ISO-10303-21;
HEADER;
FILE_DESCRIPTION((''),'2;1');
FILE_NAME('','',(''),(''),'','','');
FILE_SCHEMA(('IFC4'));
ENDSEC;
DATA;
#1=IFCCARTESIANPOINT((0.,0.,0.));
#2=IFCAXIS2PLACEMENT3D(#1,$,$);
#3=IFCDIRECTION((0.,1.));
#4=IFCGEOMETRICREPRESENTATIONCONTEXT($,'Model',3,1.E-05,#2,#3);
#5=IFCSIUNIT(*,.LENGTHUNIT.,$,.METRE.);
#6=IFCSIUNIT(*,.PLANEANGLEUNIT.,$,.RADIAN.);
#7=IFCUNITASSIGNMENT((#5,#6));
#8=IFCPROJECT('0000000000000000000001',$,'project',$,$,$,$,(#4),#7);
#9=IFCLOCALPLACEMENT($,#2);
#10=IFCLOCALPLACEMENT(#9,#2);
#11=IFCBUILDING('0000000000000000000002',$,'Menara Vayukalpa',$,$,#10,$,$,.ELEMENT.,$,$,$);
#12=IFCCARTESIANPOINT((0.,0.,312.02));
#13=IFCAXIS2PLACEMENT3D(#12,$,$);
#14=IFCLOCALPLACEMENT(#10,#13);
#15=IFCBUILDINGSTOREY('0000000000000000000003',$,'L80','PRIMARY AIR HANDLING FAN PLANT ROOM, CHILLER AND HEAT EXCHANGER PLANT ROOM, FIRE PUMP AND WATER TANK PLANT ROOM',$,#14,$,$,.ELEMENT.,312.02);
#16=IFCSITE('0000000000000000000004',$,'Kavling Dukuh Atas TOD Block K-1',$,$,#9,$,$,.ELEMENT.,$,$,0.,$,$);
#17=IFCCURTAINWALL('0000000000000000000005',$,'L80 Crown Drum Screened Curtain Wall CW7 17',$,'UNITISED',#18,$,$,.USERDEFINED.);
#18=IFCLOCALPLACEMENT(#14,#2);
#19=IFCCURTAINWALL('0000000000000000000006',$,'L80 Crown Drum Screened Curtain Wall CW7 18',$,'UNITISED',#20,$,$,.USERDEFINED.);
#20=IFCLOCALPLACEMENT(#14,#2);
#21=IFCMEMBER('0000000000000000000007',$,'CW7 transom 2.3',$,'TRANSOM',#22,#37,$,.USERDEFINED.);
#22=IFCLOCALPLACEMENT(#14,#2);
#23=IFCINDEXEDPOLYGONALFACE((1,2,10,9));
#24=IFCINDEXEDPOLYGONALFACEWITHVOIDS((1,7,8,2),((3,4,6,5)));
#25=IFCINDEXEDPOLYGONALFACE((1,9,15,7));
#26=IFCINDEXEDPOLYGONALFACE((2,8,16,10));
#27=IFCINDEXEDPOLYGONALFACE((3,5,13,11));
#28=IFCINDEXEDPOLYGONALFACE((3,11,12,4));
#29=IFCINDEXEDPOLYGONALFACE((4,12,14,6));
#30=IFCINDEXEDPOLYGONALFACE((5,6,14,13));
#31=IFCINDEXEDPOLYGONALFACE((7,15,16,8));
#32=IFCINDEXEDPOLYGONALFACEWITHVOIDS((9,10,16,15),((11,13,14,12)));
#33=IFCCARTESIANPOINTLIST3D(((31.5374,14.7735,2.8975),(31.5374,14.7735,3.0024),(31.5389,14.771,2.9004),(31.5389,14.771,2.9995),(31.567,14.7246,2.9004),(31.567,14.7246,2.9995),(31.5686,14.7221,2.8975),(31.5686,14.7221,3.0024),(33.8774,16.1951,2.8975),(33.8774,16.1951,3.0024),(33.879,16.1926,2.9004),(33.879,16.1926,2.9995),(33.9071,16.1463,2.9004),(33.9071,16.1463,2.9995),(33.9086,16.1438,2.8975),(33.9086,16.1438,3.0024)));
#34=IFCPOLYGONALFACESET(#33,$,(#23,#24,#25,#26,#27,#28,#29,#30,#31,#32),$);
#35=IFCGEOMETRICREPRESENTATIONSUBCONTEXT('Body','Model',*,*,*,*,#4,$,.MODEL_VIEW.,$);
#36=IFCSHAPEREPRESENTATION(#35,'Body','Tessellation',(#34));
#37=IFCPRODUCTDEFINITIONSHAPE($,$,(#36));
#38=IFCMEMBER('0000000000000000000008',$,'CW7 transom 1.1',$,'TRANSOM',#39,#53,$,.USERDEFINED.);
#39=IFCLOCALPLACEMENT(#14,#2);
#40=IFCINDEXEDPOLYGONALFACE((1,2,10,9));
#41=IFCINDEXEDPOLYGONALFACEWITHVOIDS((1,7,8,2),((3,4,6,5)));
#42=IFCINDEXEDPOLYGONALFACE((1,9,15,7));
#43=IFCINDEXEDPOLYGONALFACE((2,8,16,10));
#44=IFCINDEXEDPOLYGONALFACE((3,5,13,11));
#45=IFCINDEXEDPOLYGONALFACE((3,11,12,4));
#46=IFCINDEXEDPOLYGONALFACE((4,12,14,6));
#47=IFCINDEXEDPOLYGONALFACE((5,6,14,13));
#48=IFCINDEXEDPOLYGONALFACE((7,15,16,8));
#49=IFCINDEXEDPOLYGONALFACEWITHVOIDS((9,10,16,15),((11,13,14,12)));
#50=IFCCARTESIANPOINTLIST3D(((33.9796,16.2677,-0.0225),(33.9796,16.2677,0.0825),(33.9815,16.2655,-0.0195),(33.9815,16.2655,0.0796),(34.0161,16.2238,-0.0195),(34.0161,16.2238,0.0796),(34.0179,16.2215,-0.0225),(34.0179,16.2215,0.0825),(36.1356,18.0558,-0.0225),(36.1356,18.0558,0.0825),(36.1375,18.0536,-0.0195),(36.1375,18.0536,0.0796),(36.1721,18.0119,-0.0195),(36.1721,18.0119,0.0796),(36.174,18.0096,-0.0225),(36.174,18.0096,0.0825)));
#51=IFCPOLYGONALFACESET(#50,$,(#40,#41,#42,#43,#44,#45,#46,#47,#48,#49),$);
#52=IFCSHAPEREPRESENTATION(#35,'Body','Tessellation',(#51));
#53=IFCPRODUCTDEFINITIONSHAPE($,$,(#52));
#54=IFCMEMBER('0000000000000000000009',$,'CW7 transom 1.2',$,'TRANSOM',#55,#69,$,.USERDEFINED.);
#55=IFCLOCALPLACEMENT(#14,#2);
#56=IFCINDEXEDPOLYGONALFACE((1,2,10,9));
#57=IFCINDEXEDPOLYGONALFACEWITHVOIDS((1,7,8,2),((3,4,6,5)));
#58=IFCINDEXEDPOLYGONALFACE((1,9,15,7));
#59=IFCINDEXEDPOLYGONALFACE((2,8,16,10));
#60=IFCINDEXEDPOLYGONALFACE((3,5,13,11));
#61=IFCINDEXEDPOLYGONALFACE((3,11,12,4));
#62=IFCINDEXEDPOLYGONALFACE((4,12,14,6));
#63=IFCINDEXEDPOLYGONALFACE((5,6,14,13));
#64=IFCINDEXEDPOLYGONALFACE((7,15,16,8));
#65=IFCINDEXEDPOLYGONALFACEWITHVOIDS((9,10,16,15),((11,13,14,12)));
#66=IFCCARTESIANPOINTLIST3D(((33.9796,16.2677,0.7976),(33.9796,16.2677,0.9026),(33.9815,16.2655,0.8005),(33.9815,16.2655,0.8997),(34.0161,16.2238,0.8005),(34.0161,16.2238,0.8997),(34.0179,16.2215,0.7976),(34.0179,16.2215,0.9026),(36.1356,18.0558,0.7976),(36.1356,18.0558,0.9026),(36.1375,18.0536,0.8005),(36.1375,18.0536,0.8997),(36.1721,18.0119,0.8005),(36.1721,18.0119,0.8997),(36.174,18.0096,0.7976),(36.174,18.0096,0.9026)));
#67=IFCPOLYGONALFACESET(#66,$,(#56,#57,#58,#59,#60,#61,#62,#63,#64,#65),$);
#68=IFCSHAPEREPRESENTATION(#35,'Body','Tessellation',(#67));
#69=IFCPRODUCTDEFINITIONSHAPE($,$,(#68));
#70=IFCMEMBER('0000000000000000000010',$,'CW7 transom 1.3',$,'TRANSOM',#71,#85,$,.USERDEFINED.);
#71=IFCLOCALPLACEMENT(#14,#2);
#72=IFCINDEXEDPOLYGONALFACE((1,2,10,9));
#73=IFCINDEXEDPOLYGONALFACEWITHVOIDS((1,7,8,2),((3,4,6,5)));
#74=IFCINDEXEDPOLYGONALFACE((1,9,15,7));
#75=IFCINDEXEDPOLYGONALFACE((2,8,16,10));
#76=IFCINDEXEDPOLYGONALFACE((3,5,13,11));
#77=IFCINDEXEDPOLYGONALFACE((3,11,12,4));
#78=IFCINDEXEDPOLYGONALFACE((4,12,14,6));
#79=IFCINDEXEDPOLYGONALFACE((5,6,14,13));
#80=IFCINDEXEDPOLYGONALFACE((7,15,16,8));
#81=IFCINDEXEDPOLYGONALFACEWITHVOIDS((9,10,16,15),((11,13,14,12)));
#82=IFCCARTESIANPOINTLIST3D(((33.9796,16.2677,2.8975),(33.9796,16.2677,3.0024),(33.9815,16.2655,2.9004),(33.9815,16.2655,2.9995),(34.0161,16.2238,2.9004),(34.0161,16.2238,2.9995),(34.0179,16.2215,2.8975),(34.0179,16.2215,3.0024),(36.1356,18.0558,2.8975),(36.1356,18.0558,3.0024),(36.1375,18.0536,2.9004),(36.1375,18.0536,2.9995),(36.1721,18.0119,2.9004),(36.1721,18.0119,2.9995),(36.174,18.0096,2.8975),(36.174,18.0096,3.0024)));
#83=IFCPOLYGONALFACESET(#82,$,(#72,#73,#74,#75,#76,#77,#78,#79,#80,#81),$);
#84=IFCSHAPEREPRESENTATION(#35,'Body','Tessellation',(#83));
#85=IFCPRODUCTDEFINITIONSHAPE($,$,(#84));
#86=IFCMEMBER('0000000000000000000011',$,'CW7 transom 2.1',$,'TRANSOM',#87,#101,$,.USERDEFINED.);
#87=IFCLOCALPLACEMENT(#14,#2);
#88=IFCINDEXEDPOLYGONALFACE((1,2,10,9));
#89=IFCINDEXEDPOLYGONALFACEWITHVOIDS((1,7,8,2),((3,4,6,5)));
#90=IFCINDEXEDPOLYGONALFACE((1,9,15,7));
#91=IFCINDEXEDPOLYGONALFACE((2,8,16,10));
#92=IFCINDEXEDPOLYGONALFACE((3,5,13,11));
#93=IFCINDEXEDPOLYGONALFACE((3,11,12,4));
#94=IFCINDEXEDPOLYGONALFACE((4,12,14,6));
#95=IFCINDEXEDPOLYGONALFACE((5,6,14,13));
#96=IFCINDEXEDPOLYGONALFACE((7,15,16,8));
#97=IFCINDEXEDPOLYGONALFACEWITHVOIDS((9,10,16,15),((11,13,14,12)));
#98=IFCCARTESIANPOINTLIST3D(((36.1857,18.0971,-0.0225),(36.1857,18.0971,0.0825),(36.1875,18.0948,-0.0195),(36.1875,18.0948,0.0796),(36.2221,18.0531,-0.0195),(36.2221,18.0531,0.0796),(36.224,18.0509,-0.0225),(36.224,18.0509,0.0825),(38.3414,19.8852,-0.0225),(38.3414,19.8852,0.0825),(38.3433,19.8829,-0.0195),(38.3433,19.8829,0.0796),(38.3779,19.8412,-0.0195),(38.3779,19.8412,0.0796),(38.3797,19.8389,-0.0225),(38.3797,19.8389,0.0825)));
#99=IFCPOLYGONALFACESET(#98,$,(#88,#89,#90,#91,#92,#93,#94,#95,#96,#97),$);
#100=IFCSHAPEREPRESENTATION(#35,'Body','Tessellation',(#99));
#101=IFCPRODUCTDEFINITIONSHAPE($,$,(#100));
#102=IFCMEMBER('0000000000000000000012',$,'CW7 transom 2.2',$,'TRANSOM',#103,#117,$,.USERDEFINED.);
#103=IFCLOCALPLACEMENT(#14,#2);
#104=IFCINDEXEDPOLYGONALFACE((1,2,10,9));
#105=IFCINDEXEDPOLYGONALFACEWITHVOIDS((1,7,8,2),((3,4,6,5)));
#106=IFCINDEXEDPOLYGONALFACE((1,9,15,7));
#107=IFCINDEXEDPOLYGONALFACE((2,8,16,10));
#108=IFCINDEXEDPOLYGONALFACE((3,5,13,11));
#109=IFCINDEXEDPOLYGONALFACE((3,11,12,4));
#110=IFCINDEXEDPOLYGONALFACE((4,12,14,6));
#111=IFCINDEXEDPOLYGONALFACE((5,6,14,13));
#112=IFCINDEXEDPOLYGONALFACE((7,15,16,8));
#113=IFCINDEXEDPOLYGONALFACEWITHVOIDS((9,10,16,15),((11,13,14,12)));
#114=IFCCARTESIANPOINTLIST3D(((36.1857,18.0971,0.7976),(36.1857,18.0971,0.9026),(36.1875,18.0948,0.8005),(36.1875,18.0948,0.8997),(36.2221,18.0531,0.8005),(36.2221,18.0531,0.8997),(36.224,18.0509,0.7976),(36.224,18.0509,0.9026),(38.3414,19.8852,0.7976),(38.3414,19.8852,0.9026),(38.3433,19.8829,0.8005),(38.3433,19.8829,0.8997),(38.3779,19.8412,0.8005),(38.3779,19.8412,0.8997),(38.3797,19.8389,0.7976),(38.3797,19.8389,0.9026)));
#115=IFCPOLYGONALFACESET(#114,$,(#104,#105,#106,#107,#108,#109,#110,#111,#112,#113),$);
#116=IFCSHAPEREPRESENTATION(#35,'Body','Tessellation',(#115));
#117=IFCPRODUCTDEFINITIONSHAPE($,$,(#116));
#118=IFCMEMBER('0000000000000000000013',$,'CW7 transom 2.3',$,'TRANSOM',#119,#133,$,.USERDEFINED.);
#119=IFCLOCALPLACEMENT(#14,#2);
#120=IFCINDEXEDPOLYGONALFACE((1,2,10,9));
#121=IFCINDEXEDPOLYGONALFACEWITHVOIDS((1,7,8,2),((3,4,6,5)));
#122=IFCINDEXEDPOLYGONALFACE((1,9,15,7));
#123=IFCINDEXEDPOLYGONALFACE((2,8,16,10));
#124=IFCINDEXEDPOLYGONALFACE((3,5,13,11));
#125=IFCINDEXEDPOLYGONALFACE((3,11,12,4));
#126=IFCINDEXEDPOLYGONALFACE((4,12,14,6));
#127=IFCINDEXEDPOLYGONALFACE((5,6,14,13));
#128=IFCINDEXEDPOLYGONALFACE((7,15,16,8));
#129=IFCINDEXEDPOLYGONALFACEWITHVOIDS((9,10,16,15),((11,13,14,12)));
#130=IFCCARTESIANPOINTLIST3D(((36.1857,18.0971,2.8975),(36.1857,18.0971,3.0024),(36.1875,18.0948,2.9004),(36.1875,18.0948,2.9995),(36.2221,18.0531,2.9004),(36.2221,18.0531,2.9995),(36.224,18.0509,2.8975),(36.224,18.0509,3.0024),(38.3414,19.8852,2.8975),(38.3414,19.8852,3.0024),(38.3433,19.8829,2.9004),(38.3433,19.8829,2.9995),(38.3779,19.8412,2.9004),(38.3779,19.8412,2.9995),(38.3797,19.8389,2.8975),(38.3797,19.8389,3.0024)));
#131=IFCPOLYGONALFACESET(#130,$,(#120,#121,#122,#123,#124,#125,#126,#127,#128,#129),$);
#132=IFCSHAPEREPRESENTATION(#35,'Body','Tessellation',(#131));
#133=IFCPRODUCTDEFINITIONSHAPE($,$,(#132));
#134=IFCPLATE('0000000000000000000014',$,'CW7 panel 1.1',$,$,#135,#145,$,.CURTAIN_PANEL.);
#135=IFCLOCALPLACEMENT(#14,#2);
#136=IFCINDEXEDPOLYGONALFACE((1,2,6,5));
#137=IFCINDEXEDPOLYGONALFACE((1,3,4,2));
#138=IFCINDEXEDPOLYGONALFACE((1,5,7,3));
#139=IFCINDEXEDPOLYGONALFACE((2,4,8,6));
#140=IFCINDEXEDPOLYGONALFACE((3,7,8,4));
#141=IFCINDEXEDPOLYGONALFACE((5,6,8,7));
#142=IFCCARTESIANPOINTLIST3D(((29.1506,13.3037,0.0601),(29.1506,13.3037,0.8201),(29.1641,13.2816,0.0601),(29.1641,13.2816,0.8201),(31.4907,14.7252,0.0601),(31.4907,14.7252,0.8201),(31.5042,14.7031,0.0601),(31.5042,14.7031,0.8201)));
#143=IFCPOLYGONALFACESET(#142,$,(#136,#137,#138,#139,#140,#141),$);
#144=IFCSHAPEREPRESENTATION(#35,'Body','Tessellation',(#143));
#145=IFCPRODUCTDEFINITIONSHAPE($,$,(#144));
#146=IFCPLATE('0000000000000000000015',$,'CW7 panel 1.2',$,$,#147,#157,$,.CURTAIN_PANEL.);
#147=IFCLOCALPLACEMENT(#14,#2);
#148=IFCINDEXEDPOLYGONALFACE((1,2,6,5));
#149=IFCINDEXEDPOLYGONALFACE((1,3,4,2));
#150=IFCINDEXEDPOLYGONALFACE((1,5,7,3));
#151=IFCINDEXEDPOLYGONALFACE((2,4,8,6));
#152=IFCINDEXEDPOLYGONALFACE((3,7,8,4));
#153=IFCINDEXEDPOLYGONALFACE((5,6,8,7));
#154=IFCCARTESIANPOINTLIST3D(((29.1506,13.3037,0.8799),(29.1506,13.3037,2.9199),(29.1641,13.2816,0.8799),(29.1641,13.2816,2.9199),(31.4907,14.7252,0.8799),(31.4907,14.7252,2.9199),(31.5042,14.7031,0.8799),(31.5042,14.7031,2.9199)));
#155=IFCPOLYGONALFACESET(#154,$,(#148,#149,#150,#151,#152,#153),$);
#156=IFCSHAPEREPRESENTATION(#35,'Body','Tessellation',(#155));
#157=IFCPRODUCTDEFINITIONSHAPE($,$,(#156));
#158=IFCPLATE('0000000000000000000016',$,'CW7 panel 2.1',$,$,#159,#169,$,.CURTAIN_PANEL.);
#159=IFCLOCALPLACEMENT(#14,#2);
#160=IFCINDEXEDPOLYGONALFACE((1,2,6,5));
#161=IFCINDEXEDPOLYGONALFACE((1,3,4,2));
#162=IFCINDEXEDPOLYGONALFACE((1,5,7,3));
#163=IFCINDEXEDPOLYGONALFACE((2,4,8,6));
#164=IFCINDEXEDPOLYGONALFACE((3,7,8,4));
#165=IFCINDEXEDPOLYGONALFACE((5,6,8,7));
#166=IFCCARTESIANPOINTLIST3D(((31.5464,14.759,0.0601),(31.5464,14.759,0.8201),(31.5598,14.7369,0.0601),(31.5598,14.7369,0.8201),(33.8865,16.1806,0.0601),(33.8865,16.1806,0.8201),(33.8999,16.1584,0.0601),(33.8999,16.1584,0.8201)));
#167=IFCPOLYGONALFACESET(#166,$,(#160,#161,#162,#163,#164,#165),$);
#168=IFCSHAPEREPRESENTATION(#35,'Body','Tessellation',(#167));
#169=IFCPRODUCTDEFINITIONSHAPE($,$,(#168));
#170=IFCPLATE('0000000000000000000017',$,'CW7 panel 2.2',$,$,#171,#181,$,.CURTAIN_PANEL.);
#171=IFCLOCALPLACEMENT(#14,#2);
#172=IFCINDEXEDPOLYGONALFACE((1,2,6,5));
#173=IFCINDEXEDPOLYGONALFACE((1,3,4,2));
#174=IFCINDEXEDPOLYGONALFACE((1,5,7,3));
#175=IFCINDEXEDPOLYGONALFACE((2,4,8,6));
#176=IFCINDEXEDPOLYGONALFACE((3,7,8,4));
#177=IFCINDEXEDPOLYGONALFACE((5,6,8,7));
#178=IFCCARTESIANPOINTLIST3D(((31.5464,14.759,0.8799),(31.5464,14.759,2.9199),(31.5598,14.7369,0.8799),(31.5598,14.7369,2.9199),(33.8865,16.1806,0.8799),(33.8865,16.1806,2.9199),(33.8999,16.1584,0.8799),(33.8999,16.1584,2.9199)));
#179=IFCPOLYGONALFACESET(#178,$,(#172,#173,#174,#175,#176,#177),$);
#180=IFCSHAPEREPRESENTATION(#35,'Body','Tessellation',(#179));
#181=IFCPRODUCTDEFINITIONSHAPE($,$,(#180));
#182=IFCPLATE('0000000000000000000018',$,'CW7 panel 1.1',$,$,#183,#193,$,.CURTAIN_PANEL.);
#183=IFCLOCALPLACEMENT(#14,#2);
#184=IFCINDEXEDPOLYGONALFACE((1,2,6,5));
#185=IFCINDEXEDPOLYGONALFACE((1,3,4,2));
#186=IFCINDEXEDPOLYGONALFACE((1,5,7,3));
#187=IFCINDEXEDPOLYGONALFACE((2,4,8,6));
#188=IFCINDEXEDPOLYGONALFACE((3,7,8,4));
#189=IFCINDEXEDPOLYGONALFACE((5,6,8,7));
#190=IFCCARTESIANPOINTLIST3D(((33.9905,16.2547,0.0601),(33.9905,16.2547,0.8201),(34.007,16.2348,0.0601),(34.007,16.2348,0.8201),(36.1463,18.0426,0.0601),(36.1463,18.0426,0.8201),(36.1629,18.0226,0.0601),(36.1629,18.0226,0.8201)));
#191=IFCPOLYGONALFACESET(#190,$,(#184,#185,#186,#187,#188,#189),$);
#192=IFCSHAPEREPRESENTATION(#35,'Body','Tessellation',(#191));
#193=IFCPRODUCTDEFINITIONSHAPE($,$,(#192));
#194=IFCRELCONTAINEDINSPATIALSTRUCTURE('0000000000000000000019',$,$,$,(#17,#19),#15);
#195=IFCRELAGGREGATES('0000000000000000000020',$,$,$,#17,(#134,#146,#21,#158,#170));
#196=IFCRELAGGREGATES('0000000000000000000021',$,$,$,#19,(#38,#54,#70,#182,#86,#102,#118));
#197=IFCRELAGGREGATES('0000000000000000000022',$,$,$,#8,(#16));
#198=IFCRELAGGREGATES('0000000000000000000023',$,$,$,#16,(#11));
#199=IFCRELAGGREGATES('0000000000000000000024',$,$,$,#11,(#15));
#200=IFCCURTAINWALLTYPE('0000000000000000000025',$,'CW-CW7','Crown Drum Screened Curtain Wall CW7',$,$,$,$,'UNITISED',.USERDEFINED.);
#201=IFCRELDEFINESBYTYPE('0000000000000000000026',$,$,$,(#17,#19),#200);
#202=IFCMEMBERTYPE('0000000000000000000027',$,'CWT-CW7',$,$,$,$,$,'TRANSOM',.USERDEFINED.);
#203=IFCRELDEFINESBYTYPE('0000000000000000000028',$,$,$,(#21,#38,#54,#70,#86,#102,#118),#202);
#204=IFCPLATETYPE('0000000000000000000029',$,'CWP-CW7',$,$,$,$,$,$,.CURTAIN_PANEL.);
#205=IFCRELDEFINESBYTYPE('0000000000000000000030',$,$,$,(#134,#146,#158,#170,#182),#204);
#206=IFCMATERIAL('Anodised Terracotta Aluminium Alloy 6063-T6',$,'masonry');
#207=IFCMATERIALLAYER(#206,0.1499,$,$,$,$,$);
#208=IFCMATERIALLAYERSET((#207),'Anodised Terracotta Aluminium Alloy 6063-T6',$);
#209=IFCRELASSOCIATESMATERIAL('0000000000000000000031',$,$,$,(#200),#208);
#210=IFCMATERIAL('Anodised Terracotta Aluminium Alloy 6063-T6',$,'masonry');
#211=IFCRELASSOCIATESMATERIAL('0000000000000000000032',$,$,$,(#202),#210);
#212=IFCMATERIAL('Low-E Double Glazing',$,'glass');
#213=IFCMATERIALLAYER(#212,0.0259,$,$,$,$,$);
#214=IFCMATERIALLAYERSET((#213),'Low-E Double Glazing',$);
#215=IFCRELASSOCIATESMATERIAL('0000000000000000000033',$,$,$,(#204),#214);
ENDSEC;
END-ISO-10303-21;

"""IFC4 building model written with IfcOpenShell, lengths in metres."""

from ifc_helpers import new_model, si_unit, direction, frame, origin, origin_2d, place, context, subcontext, project, spatial, rectangle, hollow_rectangle, extrude, material, layer, layer_set, material_profile, profile_set, type_object, element, aggregate, save


model = new_model("IFC4")

# Units and contexts
model_context = context("Model", 3, precision=1e-05, world=origin(), true_north=direction((0.0, 1.0)))
body_context = subcontext(model_context, "Body", "Model", "MODEL_VIEW")
ifc_project = project(units=[si_unit("LENGTHUNIT", "METRE"), si_unit("PLANEANGLEUNIT", "RADIAN")], contexts=[model_context])

# Site, building, storey
site_placement = place(None, origin())
site = spatial("IfcSite", under=ifc_project, at=site_placement, Name="Kavling Dukuh Atas TOD Block K-1", CompositionType="ELEMENT", RefElevation=0.0)
building_placement = place(site_placement, origin())
building = spatial("IfcBuilding", under=site, at=building_placement, Name="Menara Vayukalpa", CompositionType="ELEMENT")
storey_placement = place(building_placement, frame((0.0, 0.0, 312.02)))
storey = spatial("IfcBuildingStorey", under=building, at=storey_placement, Name="L80", Description="PRIMARY AIR HANDLING FAN PLANT ROOM, CHILLER AND HEAT EXCHANGER PLANT ROOM, FIRE PUMP AND WATER TANK PLANT ROOM", CompositionType="ELEMENT", Elevation=312.02)

# Curtain walls
ifc_material_1 = material(Name="Anodised Terracotta Aluminium Alloy 6063-T6", Category="masonry")
ifc_layer_1 = layer(ifc_material_1, 0.1499)
ifc_layer_set_1 = layer_set([ifc_layer_1], Name="Anodised Terracotta Aluminium Alloy 6063-T6")
curtain_wall_type = type_object("IfcCurtainWallType", Name="CW-CW7", Description="Crown Drum Screened Curtain Wall CW7", ElementType="UNITISED", PredefinedType="USERDEFINED", material=ifc_layer_set_1)
curtain_wall_1_placement = place(storey_placement, origin())
curtain_wall_1 = element("IfcCurtainWall", 1, at=curtain_wall_1_placement, inside=storey, type_object=curtain_wall_type, Name="L80 Crown Drum Screened Curtain Wall CW7 17", ObjectType="UNITISED", PredefinedType="USERDEFINED")
curtain_wall_2_placement = place(storey_placement, origin())
curtain_wall_2 = element("IfcCurtainWall", 2, at=curtain_wall_2_placement, inside=storey, type_object=curtain_wall_type, Name="L80 Crown Drum Screened Curtain Wall CW7 18", ObjectType="UNITISED", PredefinedType="USERDEFINED")

# Members
ifc_material_2 = material(Name="Anodised Terracotta Aluminium Alloy 6063-T6", Category="masonry")
ifc_material_profile_1 = material_profile(ifc_material_2, hollow_rectangle(XDim=0.0601, YDim=0.105, WallThickness=0.0029, at=origin_2d()), Name="ALU 60x105x3")
ifc_profile_set_1 = profile_set([ifc_material_profile_1], Name="Anodised Terracotta Aluminium Alloy 6063-T6")
member_type_1 = type_object("IfcMemberType", Name="CWT-CW7", ElementType="TRANSOM", PredefinedType="USERDEFINED", material=ifc_profile_set_1)
member_1_placement = place(storey_placement, frame((31.553, 14.7478, 2.95), z_axis=(0.854648, 0.519208, 0.0), x_axis=(-0.519208, 0.854648, 0.0)))
member_1 = element("IfcMember", 3, at=member_1_placement, type_object=member_type_1, Name="CW7 transom 2.3", ObjectType="TRANSOM", PredefinedType="USERDEFINED", context=body_context, shape_type="SweptSolid", body=[
    extrude(hollow_rectangle(XDim=0.0601, YDim=0.105, WallThickness=0.0029, at=origin_2d()), origin(), (0.0, 0.0, 1.0), 2.738),
])
member_2_placement = place(storey_placement, frame((33.9988, 16.2446, 0.03), z_axis=(0.769727, 0.638374, 0.0), x_axis=(-0.638374, 0.769727, 0.0)))
member_2 = element("IfcMember", 4, at=member_2_placement, type_object=member_type_1, Name="CW7 transom 1.1", ObjectType="TRANSOM", PredefinedType="USERDEFINED", context=body_context, shape_type="SweptSolid", body=[
    extrude(hollow_rectangle(XDim=0.0601, YDim=0.105, WallThickness=0.0029, at=origin_2d()), origin(), (0.0, 0.0, 1.0), 2.801),
])
member_3_placement = place(storey_placement, frame((33.9988, 16.2446, 0.8501), z_axis=(0.769727, 0.638374, 0.0), x_axis=(-0.638374, 0.769727, 0.0)))
member_3 = element("IfcMember", 5, at=member_3_placement, type_object=member_type_1, Name="CW7 transom 1.2", ObjectType="TRANSOM", PredefinedType="USERDEFINED", context=body_context, shape_type="SweptSolid", body=[
    extrude(hollow_rectangle(XDim=0.0601, YDim=0.105, WallThickness=0.0029, at=origin_2d()), origin(), (0.0, 0.0, 1.0), 2.801),
])
member_4_placement = place(storey_placement, frame((33.9988, 16.2446, 2.95), z_axis=(0.769727, 0.638374, 0.0), x_axis=(-0.638374, 0.769727, 0.0)))
member_4 = element("IfcMember", 6, at=member_4_placement, type_object=member_type_1, Name="CW7 transom 1.3", ObjectType="TRANSOM", PredefinedType="USERDEFINED", context=body_context, shape_type="SweptSolid", body=[
    extrude(hollow_rectangle(XDim=0.0601, YDim=0.105, WallThickness=0.0029, at=origin_2d()), origin(), (0.0, 0.0, 1.0), 2.801),
])
member_5_placement = place(storey_placement, frame((36.2048, 18.074, 0.03), z_axis=(0.769691, 0.638416, 0.0), x_axis=(-0.638416, 0.769691, 0.0)))
member_5 = element("IfcMember", 7, at=member_5_placement, type_object=member_type_1, Name="CW7 transom 2.1", ObjectType="TRANSOM", PredefinedType="USERDEFINED", context=body_context, shape_type="SweptSolid", body=[
    extrude(hollow_rectangle(XDim=0.0601, YDim=0.105, WallThickness=0.0029, at=origin_2d()), origin(), (0.0, 0.0, 1.0), 2.8008),
])
member_6_placement = place(storey_placement, frame((36.2048, 18.074, 0.8501), z_axis=(0.769691, 0.638416, 0.0), x_axis=(-0.638416, 0.769691, 0.0)))
member_6 = element("IfcMember", 8, at=member_6_placement, type_object=member_type_1, Name="CW7 transom 2.2", ObjectType="TRANSOM", PredefinedType="USERDEFINED", context=body_context, shape_type="SweptSolid", body=[
    extrude(hollow_rectangle(XDim=0.0601, YDim=0.105, WallThickness=0.0029, at=origin_2d()), origin(), (0.0, 0.0, 1.0), 2.8008),
])
member_7_placement = place(storey_placement, frame((36.2048, 18.074, 2.95), z_axis=(0.769691, 0.638416, 0.0), x_axis=(-0.638416, 0.769691, 0.0)))
member_7 = element("IfcMember", 9, at=member_7_placement, type_object=member_type_1, Name="CW7 transom 2.3", ObjectType="TRANSOM", PredefinedType="USERDEFINED", context=body_context, shape_type="SweptSolid", body=[
    extrude(hollow_rectangle(XDim=0.0601, YDim=0.105, WallThickness=0.0029, at=origin_2d()), origin(), (0.0, 0.0, 1.0), 2.8008),
])

# Plates
ifc_material_3 = material(Name="Low-E Double Glazing", Category="glass")
ifc_layer_2 = layer(ifc_material_3, 0.0259)
ifc_layer_set_2 = layer_set([ifc_layer_2], Name="Low-E Double Glazing")
plate_type = type_object("IfcPlateType", Name="CWP-CW7", PredefinedType="CURTAIN_PANEL", material=ifc_layer_set_2)
plate_1_placement = place(storey_placement, frame((30.3274, 14.0034, 0.0601), z_axis=(0.0, 0.0, 1.0), x_axis=(0.854667, 0.519176, 0.0)))
plate_1 = element("IfcPlate", 10, at=plate_1_placement, type_object=plate_type, Name="CW7 panel 1.1", PredefinedType="CURTAIN_PANEL", context=body_context, shape_type="SweptSolid", body=[
    extrude(rectangle(XDim=2.738, YDim=0.0259, at=origin_2d()), origin(), (0.0, 0.0, 1.0), 0.76),
])
plate_2_placement = place(storey_placement, frame((30.3274, 14.0034, 0.8799), z_axis=(0.0, 0.0, 1.0), x_axis=(0.854667, 0.519176, 0.0)))
plate_2 = element("IfcPlate", 11, at=plate_2_placement, type_object=plate_type, Name="CW7 panel 1.2", PredefinedType="CURTAIN_PANEL", context=body_context, shape_type="SweptSolid", body=[
    extrude(rectangle(XDim=2.738, YDim=0.0259, at=origin_2d()), origin(), (0.0, 0.0, 1.0), 2.04),
])
plate_3_placement = place(storey_placement, frame((32.7231, 15.4587, 0.0601), z_axis=(0.0, 0.0, 1.0), x_axis=(0.854667, 0.519176, 0.0)))
plate_3 = element("IfcPlate", 12, at=plate_3_placement, type_object=plate_type, Name="CW7 panel 2.1", PredefinedType="CURTAIN_PANEL", context=body_context, shape_type="SweptSolid", body=[
    extrude(rectangle(XDim=2.738, YDim=0.0259, at=origin_2d()), origin(), (0.0, 0.0, 1.0), 0.76),
])
plate_4_placement = place(storey_placement, frame((32.7231, 15.4587, 0.8799), z_axis=(0.0, 0.0, 1.0), x_axis=(0.854667, 0.519176, 0.0)))
plate_4 = element("IfcPlate", 13, at=plate_4_placement, type_object=plate_type, Name="CW7 panel 2.2", PredefinedType="CURTAIN_PANEL", context=body_context, shape_type="SweptSolid", body=[
    extrude(rectangle(XDim=2.738, YDim=0.0259, at=origin_2d()), origin(), (0.0, 0.0, 1.0), 2.04),
])
aggregate(curtain_wall_1, [plate_1, plate_2, member_1, plate_3, plate_4])
plate_5_placement = place(storey_placement, frame((35.0767, 17.1387, 0.0601), z_axis=(0.0, 0.0, 1.0), x_axis=(0.769749, 0.638347, 0.0)))
plate_5 = element("IfcPlate", 14, at=plate_5_placement, type_object=plate_type, Name="CW7 panel 1.1", PredefinedType="CURTAIN_PANEL", context=body_context, shape_type="SweptSolid", body=[
    extrude(rectangle(XDim=2.8008, YDim=0.0259, at=origin_2d()), origin(), (0.0, 0.0, 1.0), 0.76),
])
aggregate(curtain_wall_2, [member_2, member_3, member_4, plate_5, member_5, member_6, member_7])

save(model, "model.ifc")
